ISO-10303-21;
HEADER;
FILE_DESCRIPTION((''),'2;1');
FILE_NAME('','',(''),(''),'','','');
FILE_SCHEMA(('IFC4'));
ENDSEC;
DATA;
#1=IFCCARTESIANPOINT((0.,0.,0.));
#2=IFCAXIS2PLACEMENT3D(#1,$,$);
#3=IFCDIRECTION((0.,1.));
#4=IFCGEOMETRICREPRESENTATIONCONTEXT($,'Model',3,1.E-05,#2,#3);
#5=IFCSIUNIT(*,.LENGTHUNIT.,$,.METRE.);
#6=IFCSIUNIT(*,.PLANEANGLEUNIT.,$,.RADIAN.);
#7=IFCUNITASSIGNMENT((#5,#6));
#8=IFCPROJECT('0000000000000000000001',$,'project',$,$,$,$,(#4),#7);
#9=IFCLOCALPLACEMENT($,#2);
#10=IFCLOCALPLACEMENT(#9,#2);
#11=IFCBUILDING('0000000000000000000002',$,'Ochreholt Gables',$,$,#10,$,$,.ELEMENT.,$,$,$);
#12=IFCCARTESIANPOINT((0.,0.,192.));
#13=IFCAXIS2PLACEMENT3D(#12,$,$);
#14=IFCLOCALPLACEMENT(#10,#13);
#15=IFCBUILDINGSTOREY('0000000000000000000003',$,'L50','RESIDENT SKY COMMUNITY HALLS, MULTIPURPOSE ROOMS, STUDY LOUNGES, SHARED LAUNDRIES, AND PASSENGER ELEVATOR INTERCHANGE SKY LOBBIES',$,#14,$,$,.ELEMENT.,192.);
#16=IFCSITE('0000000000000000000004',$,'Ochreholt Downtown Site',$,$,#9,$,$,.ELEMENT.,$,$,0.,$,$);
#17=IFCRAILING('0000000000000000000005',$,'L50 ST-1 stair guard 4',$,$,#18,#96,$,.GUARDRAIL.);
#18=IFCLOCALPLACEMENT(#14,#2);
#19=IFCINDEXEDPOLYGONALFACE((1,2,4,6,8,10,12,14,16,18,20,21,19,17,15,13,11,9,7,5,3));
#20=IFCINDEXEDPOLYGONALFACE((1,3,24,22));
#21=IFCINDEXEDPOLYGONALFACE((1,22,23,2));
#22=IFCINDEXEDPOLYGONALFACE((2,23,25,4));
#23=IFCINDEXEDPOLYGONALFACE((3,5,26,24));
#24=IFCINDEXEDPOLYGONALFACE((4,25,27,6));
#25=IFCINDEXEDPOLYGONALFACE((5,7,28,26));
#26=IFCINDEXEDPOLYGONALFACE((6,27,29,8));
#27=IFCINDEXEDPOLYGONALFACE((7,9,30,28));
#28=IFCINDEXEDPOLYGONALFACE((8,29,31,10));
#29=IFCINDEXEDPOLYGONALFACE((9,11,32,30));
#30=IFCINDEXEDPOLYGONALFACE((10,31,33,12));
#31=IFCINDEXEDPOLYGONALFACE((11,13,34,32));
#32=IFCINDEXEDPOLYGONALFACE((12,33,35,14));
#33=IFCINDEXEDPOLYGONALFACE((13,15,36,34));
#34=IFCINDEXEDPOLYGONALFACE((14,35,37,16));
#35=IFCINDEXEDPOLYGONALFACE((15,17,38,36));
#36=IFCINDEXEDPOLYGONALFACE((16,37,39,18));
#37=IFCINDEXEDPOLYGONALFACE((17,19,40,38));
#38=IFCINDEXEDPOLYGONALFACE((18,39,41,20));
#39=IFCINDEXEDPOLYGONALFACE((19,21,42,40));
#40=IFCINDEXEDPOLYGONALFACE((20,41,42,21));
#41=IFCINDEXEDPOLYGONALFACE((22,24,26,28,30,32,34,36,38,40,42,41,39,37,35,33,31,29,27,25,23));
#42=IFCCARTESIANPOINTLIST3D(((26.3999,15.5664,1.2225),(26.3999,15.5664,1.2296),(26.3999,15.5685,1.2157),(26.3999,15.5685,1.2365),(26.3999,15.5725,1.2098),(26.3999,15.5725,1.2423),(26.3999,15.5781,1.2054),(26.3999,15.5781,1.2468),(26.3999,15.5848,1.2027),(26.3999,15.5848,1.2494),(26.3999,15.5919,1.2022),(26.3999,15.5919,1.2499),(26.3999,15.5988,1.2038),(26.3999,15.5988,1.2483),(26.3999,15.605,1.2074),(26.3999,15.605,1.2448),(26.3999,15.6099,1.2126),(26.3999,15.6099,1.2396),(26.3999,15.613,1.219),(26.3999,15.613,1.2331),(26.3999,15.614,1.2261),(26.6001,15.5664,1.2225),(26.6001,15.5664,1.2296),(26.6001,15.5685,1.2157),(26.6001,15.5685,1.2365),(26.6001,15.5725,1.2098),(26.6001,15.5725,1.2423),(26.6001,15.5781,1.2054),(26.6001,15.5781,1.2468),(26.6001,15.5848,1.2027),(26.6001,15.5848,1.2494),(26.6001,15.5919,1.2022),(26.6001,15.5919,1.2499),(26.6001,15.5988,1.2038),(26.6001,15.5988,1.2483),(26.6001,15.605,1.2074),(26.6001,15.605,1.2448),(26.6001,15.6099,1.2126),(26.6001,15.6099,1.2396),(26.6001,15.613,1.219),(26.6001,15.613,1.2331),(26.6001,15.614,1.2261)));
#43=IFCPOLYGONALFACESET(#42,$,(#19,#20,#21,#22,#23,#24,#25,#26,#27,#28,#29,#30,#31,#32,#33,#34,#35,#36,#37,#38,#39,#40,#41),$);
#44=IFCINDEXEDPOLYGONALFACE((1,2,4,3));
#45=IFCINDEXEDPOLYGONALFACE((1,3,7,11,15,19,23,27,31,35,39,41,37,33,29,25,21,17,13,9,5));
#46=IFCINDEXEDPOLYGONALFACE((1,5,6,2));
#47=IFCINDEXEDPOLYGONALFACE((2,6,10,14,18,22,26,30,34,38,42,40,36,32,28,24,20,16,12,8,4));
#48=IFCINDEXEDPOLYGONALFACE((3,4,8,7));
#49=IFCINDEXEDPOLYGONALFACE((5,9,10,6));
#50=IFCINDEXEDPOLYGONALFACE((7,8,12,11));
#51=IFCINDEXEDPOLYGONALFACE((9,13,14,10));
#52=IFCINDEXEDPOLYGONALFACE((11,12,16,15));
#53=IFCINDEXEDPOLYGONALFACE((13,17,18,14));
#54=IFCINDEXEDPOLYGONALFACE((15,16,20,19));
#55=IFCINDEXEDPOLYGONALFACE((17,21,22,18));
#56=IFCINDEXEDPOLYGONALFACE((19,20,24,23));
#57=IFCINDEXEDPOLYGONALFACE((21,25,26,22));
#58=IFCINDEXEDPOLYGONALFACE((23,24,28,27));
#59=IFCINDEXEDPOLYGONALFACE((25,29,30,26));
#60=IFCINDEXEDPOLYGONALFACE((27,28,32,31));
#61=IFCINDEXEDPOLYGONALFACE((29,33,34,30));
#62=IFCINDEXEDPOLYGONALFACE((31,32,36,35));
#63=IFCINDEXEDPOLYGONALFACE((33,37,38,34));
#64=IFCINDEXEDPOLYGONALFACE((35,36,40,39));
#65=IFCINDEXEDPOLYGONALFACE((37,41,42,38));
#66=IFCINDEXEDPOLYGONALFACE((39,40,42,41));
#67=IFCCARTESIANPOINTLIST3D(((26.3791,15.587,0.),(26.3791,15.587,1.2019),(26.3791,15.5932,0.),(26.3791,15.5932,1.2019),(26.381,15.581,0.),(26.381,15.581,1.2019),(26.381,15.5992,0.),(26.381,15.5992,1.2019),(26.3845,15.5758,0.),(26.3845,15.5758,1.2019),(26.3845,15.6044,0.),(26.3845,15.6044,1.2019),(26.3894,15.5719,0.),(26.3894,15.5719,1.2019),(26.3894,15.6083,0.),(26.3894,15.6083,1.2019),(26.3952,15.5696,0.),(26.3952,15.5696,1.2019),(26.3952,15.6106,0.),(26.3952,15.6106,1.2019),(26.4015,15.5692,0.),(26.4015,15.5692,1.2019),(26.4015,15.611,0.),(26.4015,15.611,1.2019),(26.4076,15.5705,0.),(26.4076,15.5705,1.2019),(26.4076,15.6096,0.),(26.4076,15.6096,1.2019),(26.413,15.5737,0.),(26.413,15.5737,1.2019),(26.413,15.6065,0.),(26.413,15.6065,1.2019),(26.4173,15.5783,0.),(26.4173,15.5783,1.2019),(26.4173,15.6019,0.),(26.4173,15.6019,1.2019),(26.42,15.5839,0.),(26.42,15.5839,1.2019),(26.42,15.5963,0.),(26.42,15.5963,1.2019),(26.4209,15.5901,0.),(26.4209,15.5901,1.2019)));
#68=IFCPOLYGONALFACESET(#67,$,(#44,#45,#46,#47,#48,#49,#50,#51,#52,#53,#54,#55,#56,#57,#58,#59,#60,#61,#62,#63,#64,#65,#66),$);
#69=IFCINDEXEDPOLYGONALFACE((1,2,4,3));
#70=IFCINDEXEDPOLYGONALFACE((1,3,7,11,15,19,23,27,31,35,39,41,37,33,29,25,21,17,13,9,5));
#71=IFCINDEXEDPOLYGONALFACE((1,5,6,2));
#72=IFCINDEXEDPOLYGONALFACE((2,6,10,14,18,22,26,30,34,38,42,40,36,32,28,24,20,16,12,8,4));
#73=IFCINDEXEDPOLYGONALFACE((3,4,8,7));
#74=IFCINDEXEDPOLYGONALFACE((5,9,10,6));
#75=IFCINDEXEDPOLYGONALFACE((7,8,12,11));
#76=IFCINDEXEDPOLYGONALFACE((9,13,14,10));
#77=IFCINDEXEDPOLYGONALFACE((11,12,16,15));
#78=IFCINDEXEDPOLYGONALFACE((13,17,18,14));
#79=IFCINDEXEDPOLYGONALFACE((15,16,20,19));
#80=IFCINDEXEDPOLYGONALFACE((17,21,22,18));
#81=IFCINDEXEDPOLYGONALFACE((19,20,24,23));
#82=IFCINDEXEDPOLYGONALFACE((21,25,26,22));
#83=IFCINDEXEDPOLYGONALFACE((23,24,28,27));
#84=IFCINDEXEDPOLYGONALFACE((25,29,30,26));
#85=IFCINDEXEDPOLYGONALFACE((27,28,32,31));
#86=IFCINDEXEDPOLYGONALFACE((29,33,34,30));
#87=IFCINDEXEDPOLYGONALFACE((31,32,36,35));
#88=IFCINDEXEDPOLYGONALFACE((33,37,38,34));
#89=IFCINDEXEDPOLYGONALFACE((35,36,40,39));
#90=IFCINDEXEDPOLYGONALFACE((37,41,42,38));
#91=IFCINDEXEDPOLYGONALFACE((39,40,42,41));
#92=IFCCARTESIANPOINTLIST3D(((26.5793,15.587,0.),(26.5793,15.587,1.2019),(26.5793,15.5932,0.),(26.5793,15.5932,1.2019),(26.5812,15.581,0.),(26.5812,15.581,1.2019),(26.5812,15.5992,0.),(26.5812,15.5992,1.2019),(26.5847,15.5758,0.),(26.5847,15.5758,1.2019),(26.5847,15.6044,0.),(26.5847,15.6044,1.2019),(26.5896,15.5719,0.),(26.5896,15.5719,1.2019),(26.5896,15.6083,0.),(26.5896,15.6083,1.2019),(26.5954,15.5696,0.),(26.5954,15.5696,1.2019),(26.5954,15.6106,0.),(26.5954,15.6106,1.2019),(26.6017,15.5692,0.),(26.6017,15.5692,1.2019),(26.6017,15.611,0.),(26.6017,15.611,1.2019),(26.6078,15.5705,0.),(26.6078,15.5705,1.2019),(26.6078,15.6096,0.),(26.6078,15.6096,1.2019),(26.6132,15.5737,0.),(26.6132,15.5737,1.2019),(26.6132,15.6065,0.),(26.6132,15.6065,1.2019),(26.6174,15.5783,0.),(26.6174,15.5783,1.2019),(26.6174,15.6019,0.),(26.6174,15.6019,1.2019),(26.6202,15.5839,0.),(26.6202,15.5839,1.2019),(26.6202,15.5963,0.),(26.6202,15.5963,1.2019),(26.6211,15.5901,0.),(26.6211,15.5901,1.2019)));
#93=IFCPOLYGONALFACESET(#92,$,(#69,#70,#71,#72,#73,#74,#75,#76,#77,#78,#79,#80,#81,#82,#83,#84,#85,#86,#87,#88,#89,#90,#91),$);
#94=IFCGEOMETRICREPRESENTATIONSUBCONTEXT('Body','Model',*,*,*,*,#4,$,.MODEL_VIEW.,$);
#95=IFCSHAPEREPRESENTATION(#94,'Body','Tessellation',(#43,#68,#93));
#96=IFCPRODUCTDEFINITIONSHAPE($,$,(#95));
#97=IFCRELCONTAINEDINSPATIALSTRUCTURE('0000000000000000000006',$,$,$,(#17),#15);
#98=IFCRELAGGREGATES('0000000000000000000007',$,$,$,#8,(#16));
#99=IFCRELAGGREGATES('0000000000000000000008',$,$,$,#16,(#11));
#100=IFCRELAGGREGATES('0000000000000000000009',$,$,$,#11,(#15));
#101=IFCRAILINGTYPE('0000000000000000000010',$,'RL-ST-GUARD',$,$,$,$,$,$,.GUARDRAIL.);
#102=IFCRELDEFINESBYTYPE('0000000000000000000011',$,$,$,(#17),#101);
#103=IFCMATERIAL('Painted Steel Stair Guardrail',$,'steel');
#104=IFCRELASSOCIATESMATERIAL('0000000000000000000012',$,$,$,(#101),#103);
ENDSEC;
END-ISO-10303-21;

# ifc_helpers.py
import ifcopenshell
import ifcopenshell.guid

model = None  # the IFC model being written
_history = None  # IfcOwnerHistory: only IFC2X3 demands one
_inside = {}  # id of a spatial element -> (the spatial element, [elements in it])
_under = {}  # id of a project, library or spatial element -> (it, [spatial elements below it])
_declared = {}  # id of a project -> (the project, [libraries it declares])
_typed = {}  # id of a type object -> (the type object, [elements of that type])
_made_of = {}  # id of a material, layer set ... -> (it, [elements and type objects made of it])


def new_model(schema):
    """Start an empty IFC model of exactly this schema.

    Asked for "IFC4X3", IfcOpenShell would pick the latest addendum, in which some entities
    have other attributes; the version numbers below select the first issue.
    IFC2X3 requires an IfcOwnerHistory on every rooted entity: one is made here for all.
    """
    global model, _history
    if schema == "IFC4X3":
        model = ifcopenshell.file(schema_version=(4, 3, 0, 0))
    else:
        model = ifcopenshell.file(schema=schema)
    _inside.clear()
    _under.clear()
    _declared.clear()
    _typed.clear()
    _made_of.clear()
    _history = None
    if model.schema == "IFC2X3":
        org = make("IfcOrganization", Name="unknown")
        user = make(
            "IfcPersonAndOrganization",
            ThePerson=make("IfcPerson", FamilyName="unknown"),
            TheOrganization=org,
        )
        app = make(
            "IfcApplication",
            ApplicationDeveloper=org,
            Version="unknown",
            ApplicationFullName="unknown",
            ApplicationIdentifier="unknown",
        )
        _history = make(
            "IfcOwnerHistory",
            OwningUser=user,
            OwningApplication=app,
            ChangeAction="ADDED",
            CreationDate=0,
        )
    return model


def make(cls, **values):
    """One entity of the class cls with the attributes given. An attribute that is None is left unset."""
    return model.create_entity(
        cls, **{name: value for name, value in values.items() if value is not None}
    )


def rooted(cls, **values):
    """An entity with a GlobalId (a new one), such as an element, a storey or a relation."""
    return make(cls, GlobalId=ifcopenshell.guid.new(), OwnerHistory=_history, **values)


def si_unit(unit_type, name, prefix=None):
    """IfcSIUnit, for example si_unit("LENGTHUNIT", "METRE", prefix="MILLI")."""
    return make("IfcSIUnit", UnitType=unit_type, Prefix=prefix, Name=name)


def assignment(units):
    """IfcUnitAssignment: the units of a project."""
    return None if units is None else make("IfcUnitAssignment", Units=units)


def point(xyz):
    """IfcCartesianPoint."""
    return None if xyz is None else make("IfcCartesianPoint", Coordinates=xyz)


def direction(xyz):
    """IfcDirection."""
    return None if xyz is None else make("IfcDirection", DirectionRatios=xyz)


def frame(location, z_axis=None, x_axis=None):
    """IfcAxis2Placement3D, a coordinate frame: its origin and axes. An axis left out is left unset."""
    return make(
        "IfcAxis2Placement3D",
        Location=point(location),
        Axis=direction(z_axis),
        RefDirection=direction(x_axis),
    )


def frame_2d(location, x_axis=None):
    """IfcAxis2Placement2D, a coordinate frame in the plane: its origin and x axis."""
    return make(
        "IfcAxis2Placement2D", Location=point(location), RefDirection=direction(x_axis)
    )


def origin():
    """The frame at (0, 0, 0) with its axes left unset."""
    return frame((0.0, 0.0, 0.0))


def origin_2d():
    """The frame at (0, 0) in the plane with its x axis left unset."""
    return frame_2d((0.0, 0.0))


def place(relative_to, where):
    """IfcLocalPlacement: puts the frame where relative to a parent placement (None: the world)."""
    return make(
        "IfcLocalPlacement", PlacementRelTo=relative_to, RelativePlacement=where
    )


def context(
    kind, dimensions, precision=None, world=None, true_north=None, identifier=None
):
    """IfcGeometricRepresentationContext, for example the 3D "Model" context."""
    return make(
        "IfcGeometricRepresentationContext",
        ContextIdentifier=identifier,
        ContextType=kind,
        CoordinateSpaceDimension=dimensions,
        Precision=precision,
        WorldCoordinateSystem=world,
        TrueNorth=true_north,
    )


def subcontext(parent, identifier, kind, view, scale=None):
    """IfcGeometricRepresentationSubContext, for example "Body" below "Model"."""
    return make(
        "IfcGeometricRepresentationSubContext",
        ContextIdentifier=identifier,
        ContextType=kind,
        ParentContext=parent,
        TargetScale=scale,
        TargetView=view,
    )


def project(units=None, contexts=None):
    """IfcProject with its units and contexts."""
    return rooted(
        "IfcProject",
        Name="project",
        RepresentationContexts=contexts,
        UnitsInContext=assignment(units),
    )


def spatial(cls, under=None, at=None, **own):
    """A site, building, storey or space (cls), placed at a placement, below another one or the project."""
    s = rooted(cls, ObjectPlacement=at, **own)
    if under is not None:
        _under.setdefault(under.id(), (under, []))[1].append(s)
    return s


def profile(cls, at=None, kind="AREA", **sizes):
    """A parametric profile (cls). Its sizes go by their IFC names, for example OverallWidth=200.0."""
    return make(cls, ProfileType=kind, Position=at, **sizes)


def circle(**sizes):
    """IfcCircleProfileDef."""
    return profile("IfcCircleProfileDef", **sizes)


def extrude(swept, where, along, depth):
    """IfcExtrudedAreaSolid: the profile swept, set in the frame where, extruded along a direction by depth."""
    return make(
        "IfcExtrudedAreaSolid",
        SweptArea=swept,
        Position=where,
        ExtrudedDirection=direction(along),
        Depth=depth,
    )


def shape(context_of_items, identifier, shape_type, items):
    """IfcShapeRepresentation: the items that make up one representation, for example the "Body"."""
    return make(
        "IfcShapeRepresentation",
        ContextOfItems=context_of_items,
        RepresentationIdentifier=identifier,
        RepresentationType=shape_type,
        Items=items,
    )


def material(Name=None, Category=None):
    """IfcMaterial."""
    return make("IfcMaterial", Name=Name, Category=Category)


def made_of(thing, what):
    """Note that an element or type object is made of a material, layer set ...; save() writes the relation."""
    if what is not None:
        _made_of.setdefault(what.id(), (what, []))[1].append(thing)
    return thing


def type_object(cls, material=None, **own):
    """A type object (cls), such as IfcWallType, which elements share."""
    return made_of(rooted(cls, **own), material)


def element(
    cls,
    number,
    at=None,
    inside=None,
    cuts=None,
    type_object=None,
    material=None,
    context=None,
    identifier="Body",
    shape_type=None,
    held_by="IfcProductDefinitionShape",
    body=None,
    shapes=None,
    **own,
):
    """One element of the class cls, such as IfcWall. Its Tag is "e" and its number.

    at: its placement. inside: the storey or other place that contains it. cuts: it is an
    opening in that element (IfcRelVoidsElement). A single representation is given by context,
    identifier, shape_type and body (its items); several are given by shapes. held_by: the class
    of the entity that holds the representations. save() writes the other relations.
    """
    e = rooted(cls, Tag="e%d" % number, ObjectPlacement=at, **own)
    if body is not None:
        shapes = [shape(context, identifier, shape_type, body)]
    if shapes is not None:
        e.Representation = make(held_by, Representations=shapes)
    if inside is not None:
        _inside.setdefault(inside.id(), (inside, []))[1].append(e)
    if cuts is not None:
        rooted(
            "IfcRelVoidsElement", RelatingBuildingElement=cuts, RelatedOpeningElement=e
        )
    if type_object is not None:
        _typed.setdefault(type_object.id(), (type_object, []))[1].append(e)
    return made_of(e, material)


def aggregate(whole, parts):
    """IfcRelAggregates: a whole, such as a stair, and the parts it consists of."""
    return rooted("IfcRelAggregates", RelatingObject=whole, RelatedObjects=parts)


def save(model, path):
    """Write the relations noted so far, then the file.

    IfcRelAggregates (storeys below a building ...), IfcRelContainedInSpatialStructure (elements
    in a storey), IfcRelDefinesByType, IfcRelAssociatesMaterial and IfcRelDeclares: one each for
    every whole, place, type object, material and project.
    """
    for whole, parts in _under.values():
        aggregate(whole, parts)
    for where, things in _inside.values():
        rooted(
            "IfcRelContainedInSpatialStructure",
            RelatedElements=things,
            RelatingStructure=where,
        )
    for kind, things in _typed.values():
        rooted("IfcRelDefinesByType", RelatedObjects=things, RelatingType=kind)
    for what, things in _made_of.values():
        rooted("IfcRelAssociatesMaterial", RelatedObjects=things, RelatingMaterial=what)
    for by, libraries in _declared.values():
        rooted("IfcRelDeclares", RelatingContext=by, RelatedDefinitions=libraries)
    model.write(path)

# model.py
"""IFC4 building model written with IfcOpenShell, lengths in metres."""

from ifc_helpers import new_model, si_unit, direction, frame, origin, origin_2d, place, context, subcontext, project, spatial, circle, extrude, material, type_object, element, save


model = new_model("IFC4")

# Units and contexts
model_context = context("Model", 3, precision=1e-05, world=origin(), true_north=direction((0.0, 1.0)))
body_context = subcontext(model_context, "Body", "Model", "MODEL_VIEW")
ifc_project = project(units=[si_unit("LENGTHUNIT", "METRE"), si_unit("PLANEANGLEUNIT", "RADIAN")], contexts=[model_context])

# Site, building, storey
site_placement = place(None, origin())
site = spatial("IfcSite", under=ifc_project, at=site_placement, Name="Ochreholt Downtown Site", CompositionType="ELEMENT", RefElevation=0.0)
building_placement = place(site_placement, origin())
building = spatial("IfcBuilding", under=site, at=building_placement, Name="Ochreholt Gables", CompositionType="ELEMENT")
storey_placement = place(building_placement, frame((0.0, 0.0, 192.0)))
storey = spatial("IfcBuildingStorey", under=building, at=storey_placement, Name="L50", Description="RESIDENT SKY COMMUNITY HALLS, MULTIPURPOSE ROOMS, STUDY LOUNGES, SHARED LAUNDRIES, AND PASSENGER ELEVATOR INTERCHANGE SKY LOBBIES", CompositionType="ELEMENT", Elevation=192.0)

# Railing
ifc_material_1 = material(Name="Painted Steel Stair Guardrail", Category="steel")
railing_type_1 = type_object("IfcRailingType", Name="RL-ST-GUARD", PredefinedType="GUARDRAIL", material=ifc_material_1)
railing_1_placement = place(storey_placement, frame((26.3999, 15.5901, 0.0)))
element("IfcRailing", 1, at=railing_1_placement, inside=storey, type_object=railing_type_1, Name="L50 ST-1 stair guard 4", PredefinedType="GUARDRAIL", context=body_context, shape_type="SweptSolid", body=[
    extrude(circle(Radius=0.0239, at=origin_2d()), frame((0.0, 0.0, 1.2261), z_axis=(1.0, 0.0, 0.0), x_axis=(0.0, 1.0, 0.0)), (0.0, 0.0, 1.0), 0.2002),
    extrude(circle(Radius=0.021, at=origin_2d()), origin(), (0.0, 0.0, 1.0), 1.2019),
    extrude(circle(Radius=0.021, at=origin_2d()), frame((0.2002, 0.0, 0.0)), (0.0, 0.0, 1.0), 1.2019),
])

save(model, "model.ifc")
